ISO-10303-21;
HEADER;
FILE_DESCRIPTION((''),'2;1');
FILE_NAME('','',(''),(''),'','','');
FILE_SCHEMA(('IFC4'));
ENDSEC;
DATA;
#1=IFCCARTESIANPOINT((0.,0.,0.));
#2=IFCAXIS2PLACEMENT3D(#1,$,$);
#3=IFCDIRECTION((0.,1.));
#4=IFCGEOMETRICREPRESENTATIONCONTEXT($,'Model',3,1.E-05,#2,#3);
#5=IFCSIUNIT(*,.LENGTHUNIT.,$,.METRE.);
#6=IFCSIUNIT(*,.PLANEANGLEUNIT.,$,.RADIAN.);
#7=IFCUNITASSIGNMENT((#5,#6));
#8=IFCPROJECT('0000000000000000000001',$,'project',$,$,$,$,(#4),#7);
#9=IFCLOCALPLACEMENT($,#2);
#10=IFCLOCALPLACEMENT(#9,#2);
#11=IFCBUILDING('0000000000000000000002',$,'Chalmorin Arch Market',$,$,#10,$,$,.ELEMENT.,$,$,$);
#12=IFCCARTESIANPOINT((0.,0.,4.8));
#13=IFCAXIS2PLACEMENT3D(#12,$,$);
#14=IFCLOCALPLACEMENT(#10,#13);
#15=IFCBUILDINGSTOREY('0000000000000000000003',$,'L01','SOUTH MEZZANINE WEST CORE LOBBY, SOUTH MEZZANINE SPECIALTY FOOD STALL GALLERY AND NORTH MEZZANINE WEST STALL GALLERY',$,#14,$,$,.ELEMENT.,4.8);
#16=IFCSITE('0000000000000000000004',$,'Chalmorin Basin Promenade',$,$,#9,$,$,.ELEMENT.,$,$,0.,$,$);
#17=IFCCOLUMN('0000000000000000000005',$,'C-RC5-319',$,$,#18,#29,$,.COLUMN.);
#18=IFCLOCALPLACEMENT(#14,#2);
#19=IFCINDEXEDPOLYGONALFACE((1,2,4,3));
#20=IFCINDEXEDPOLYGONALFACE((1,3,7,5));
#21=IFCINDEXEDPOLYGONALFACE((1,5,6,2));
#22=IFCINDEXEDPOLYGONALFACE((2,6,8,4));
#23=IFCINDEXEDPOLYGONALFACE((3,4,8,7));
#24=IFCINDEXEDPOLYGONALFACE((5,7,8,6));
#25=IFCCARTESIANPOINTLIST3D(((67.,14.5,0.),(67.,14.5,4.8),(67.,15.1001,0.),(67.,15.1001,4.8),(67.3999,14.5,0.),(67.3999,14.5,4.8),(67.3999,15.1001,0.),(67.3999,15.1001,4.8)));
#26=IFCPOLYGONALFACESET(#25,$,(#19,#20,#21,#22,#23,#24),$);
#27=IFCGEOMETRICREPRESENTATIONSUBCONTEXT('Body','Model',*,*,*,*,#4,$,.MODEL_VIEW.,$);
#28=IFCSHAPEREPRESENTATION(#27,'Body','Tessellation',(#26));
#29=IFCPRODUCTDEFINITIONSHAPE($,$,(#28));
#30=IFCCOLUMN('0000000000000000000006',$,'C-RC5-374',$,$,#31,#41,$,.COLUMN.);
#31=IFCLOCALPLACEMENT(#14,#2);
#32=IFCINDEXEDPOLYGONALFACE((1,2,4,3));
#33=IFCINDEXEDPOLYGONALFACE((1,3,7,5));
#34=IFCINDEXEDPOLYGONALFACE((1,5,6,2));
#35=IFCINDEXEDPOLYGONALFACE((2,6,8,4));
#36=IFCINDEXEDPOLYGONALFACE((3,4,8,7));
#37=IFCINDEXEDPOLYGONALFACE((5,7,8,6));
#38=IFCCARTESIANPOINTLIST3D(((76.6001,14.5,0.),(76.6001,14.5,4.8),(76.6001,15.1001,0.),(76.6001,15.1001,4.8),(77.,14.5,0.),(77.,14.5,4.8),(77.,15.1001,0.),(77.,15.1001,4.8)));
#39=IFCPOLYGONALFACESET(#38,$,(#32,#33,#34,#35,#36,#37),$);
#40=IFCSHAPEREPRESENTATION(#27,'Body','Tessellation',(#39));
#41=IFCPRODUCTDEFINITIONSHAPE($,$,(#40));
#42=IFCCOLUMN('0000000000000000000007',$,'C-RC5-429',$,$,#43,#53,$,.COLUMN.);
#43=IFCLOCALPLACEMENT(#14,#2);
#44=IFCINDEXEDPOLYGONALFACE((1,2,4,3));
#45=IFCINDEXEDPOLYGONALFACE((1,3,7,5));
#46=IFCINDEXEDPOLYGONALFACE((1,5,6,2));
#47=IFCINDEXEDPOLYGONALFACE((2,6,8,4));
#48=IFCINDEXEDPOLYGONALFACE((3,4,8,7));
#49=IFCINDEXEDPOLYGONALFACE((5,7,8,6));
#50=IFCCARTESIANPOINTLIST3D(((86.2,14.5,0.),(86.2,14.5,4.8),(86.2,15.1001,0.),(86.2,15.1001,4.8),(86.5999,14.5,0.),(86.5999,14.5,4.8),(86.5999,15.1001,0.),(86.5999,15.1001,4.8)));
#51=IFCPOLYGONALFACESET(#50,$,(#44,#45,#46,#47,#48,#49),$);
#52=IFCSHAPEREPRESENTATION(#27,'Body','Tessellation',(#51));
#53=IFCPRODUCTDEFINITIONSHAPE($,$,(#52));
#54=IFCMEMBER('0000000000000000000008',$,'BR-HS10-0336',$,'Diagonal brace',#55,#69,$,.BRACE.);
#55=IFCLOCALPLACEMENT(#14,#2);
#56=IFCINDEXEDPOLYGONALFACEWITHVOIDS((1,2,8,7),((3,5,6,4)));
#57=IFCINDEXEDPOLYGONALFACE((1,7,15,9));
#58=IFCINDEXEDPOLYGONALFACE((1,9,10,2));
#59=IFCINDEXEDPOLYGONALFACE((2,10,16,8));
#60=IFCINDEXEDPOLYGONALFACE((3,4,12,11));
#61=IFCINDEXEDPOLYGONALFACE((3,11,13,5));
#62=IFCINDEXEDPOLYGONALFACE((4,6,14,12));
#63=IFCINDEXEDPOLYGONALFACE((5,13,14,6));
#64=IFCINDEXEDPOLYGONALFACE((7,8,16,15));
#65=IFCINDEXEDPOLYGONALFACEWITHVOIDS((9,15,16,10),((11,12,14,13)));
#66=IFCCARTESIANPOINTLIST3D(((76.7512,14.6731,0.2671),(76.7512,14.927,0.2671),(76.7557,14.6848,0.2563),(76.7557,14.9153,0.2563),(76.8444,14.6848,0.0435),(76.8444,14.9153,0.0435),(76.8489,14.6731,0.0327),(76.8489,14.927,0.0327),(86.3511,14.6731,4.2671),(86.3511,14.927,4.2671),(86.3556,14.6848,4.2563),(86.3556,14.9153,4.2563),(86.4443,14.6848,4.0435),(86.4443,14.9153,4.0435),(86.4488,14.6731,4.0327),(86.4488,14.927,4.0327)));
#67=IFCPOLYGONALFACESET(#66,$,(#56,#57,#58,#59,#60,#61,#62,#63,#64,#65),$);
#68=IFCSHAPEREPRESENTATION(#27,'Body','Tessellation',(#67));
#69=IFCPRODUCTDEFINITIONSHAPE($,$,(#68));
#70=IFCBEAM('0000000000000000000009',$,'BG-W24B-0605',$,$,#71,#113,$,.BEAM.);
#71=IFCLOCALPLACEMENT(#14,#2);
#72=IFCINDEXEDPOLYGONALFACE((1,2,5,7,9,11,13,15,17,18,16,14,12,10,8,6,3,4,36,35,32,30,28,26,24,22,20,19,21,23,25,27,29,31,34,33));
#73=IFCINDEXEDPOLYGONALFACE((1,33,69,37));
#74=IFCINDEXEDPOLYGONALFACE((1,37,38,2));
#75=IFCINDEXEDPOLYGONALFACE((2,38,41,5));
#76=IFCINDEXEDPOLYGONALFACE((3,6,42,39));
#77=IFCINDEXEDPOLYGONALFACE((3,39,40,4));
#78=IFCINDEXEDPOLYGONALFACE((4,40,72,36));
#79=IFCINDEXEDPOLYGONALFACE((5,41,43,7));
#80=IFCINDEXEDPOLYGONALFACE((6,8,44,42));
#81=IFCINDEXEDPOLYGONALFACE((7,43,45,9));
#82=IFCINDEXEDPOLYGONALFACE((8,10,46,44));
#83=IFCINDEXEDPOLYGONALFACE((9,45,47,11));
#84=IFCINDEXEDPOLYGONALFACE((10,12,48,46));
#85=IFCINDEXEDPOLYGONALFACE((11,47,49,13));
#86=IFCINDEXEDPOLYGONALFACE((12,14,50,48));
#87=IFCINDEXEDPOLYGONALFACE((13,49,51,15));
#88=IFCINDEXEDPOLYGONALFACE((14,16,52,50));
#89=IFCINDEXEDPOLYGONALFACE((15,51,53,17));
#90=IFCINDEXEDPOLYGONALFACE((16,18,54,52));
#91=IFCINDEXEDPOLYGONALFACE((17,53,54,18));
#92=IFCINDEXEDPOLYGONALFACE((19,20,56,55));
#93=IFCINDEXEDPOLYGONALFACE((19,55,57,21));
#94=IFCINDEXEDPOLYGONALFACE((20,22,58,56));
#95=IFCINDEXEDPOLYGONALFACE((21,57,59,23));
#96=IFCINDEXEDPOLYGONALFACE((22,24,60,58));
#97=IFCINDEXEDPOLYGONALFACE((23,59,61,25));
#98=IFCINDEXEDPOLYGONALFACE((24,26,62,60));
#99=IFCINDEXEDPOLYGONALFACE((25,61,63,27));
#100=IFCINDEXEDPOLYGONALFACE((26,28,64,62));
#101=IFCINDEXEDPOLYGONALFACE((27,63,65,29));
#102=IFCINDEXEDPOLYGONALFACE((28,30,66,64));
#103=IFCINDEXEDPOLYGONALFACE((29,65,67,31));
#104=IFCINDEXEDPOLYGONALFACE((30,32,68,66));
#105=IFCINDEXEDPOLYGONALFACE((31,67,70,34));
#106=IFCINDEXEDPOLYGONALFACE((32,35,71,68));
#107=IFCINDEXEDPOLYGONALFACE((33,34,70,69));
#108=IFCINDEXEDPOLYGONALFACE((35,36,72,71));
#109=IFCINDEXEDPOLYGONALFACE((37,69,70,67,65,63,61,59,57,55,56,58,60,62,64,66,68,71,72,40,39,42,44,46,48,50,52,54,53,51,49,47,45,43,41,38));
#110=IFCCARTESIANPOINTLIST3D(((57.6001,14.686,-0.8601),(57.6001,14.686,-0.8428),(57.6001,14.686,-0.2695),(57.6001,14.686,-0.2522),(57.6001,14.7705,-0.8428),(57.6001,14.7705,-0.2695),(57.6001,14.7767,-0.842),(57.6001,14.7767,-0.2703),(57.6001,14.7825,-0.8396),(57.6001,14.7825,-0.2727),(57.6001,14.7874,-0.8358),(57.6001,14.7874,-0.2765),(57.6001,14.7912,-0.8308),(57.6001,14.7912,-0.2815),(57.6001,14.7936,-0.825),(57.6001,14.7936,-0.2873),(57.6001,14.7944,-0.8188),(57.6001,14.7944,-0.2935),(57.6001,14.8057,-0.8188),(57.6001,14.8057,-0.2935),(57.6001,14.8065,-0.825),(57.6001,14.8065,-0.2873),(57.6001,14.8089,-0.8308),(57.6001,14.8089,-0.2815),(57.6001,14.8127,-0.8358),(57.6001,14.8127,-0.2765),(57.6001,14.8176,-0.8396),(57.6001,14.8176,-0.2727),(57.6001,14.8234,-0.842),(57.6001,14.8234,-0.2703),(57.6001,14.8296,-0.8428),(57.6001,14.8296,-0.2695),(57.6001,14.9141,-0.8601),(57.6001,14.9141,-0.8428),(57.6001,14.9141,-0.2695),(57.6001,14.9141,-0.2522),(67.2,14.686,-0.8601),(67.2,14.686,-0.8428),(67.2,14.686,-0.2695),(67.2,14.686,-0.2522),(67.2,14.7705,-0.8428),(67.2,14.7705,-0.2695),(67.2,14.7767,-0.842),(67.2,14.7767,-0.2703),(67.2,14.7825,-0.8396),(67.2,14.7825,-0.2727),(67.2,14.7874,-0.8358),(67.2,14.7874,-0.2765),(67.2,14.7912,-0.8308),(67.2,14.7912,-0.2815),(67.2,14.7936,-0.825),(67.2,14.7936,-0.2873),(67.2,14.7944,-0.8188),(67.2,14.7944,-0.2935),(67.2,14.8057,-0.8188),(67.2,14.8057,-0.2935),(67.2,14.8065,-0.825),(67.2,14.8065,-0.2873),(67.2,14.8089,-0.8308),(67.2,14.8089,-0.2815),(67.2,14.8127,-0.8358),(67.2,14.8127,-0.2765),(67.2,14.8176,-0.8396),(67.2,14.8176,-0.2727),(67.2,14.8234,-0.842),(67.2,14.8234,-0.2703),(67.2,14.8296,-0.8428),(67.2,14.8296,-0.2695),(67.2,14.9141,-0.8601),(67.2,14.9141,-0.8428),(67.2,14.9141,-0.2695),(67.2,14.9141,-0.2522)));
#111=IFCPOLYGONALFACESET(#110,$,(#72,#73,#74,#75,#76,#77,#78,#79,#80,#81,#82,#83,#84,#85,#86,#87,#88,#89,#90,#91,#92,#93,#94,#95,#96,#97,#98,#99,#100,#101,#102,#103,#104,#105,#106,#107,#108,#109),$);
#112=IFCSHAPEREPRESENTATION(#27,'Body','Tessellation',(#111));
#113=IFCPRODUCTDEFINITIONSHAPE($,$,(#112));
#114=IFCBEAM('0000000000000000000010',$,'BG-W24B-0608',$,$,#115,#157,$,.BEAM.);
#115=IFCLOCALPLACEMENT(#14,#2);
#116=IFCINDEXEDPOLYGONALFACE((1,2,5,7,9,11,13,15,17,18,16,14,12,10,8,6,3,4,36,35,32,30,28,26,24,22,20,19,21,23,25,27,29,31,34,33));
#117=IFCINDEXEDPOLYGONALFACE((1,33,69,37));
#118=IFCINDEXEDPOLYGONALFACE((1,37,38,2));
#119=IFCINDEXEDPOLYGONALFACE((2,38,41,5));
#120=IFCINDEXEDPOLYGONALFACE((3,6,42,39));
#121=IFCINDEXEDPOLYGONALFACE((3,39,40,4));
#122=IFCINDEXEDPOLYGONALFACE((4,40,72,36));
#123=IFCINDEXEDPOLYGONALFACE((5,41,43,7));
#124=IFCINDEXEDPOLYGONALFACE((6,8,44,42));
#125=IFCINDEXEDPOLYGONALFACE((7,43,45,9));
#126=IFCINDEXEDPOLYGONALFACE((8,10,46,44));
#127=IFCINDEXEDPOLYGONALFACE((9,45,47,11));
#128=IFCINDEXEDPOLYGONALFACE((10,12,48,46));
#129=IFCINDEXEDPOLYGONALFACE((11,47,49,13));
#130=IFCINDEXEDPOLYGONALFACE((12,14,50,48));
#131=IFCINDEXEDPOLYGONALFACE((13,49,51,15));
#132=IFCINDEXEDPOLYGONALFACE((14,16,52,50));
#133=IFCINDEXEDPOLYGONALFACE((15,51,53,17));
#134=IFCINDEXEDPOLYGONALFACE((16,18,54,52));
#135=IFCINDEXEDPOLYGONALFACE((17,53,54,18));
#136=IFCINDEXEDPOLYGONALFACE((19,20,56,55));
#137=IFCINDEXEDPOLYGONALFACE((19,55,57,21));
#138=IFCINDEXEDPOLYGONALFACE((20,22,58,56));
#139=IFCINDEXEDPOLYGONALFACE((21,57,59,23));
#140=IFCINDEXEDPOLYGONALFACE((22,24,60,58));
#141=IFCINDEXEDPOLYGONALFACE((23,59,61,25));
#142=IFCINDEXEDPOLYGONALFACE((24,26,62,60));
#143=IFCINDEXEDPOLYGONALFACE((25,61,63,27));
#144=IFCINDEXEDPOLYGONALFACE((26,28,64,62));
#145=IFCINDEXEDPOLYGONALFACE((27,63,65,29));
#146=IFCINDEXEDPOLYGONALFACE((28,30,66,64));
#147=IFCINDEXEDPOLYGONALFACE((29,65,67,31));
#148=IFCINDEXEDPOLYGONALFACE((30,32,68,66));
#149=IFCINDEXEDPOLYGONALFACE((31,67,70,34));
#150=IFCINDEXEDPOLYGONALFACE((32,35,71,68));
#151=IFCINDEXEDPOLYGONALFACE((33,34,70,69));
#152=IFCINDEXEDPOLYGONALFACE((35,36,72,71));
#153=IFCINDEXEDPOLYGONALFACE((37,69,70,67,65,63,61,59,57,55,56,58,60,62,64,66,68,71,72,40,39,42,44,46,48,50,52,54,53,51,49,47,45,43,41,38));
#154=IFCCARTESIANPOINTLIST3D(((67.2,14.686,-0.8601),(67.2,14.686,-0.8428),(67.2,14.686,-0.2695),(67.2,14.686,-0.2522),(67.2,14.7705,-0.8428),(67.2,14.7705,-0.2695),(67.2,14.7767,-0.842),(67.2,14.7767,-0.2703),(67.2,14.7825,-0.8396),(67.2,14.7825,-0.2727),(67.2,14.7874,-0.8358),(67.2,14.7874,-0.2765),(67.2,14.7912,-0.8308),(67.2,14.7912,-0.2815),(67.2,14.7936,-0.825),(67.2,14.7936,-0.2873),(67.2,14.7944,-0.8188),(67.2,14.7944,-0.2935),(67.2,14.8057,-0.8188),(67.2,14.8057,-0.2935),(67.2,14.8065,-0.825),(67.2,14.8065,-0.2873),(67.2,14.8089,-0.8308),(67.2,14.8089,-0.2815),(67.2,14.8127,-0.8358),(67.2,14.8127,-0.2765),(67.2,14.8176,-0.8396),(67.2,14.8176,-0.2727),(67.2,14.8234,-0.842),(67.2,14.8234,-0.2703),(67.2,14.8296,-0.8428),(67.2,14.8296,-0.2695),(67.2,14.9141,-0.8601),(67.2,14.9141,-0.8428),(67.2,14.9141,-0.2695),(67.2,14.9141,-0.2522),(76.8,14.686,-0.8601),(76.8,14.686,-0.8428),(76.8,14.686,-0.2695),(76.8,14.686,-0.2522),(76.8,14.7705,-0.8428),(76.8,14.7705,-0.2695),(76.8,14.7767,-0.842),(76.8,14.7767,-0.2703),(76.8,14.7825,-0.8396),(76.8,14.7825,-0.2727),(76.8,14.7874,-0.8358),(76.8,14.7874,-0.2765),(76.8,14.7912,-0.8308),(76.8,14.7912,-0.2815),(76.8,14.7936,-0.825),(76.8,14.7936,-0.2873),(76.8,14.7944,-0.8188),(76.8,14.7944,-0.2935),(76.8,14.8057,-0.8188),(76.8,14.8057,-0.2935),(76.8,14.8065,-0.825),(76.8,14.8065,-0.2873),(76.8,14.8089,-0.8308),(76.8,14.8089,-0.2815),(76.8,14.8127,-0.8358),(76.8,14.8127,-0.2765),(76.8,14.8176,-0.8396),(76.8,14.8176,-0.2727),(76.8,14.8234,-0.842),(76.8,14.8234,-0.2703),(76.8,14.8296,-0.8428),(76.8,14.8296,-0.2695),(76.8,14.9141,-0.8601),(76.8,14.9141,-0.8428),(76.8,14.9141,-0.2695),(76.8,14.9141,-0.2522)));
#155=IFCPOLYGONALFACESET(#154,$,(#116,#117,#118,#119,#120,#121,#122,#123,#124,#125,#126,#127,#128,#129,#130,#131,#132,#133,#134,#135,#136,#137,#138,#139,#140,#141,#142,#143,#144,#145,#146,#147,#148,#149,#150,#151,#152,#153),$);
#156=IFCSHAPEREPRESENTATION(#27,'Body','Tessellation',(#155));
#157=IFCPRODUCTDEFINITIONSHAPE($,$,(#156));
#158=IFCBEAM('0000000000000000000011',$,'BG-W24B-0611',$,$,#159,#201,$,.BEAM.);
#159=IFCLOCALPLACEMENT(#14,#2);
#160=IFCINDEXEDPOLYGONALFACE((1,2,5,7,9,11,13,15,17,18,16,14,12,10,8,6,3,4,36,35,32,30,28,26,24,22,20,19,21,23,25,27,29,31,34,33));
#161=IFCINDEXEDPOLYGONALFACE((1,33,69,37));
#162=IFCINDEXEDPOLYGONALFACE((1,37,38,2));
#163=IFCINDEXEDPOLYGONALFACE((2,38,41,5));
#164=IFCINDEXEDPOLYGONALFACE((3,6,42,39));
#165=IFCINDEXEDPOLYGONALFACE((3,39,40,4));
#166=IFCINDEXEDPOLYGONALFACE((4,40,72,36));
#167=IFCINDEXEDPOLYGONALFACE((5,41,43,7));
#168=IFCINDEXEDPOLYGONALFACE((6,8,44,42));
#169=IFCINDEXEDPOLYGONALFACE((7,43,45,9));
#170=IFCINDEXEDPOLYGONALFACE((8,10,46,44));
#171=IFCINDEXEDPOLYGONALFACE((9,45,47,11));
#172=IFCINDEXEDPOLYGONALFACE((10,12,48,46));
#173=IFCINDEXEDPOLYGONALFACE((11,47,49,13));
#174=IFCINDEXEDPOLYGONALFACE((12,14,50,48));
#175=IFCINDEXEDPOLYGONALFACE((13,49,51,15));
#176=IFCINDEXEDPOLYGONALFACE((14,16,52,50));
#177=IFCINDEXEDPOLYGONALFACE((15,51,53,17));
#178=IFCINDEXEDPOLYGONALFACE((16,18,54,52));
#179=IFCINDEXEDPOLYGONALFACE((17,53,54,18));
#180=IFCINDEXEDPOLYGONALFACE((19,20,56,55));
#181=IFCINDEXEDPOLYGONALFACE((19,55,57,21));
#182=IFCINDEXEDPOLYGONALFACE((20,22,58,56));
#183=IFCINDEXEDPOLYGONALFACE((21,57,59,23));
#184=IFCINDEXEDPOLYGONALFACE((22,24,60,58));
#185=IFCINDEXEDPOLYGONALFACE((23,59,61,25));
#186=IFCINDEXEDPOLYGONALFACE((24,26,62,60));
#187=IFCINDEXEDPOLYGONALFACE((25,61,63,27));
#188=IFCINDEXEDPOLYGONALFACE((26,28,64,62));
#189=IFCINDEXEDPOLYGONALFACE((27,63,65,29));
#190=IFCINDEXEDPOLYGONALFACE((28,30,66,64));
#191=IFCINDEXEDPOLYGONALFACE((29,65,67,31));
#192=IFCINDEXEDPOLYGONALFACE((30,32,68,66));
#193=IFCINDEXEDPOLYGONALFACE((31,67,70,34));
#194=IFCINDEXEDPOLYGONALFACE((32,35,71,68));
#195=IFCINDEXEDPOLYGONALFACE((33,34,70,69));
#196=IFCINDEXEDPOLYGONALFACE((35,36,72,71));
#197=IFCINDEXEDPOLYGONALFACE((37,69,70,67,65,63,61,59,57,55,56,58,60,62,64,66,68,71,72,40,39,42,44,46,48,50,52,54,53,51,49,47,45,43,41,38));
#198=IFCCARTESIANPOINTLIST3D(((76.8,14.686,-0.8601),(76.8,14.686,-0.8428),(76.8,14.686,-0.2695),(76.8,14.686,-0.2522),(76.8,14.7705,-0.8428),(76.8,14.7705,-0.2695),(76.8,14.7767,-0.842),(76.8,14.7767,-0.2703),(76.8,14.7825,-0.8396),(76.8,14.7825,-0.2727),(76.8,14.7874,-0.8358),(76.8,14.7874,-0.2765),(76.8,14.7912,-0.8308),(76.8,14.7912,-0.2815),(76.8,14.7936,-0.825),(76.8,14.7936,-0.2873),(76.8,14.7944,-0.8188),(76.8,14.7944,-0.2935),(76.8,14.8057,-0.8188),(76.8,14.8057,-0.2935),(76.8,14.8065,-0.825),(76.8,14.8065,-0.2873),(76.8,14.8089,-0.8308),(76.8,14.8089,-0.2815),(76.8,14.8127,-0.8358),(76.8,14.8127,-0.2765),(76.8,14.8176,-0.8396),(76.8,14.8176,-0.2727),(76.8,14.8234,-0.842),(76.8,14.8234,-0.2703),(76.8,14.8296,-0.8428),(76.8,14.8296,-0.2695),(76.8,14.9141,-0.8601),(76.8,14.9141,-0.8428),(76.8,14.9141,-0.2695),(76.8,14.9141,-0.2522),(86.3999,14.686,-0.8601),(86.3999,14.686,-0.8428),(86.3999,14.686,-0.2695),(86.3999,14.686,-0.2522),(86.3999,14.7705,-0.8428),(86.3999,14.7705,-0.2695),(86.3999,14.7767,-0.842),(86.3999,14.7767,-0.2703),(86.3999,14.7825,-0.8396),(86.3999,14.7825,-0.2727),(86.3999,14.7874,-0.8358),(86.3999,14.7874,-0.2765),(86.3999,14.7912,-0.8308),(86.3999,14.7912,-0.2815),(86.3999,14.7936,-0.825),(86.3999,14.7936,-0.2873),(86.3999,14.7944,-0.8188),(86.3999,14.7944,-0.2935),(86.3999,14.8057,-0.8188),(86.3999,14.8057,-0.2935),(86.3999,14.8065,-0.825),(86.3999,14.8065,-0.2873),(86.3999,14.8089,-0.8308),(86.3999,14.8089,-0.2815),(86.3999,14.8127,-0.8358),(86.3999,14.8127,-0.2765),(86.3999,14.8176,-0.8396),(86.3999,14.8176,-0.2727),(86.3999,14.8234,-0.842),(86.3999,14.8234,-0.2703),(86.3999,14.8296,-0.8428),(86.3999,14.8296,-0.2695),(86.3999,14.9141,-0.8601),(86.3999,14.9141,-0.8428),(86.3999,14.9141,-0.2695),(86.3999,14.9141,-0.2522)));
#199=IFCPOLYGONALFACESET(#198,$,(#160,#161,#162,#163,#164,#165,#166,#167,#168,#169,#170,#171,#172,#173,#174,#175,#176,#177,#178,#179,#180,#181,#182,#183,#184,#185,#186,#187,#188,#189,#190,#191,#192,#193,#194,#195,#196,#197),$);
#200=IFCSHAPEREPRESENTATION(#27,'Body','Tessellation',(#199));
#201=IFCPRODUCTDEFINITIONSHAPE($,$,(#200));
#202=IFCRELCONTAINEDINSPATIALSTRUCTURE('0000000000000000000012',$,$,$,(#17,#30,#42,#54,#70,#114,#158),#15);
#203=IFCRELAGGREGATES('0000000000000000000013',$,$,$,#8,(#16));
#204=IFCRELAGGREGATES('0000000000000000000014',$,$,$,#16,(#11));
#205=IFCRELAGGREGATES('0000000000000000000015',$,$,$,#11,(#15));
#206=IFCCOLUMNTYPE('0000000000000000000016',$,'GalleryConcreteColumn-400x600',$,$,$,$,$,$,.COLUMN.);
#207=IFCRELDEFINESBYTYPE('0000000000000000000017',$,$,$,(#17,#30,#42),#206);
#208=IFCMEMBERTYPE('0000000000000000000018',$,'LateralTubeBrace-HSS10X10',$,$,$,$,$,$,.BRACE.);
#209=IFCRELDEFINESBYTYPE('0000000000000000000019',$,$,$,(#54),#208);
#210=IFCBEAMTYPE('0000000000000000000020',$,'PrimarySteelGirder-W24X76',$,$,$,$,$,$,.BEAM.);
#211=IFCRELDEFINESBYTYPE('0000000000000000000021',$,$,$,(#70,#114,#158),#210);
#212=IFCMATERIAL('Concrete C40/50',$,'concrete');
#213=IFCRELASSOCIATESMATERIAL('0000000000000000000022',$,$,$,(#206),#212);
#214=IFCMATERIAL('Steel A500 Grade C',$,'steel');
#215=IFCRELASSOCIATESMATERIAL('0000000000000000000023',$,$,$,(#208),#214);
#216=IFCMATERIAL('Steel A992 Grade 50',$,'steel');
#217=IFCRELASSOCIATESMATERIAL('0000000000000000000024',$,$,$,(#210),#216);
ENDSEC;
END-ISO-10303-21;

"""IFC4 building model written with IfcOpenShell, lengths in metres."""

from ifc_helpers import new_model, si_unit, direction, frame, origin, origin_2d, place, context, subcontext, project, spatial, rectangle, hollow_rectangle, i_section, extrude, material, material_profile, profile_set, type_object, element, save


model = new_model("IFC4")

# Units and contexts
model_context = context("Model", 3, precision=1e-05, world=origin(), true_north=direction((0.0, 1.0)))
body_context = subcontext(model_context, "Body", "Model", "MODEL_VIEW")
ifc_project = project(units=[si_unit("LENGTHUNIT", "METRE"), si_unit("PLANEANGLEUNIT", "RADIAN")], contexts=[model_context])

# Site, building, storey
site_placement = place(None, origin())
site = spatial("IfcSite", under=ifc_project, at=site_placement, Name="Chalmorin Basin Promenade", CompositionType="ELEMENT", RefElevation=0.0)
building_placement = place(site_placement, origin())
building = spatial("IfcBuilding", under=site, at=building_placement, Name="Chalmorin Arch Market", CompositionType="ELEMENT")
storey_placement = place(building_placement, frame((0.0, 0.0, 4.8)))
storey = spatial("IfcBuildingStorey", under=building, at=storey_placement, Name="L01", Description="SOUTH MEZZANINE WEST CORE LOBBY, SOUTH MEZZANINE SPECIALTY FOOD STALL GALLERY AND NORTH MEZZANINE WEST STALL GALLERY", CompositionType="ELEMENT", Elevation=4.8)

# Columns
ifc_material_1 = material(Name="Concrete C40/50", Category="concrete")
ifc_material_profile_1 = material_profile(ifc_material_1, rectangle(XDim=0.3999, YDim=0.6001, at=origin_2d()), Name="RC400X600")
ifc_profile_set_1 = profile_set([ifc_material_profile_1], Name="Concrete C40/50")
column_type = type_object("IfcColumnType", Name="GalleryConcreteColumn-400x600", PredefinedType="COLUMN", material=ifc_profile_set_1)
for number, where, z_axis, x_axis, name in (
    (1, (67.2, 14.8, 0.0), (0.0, 0.0, 1.0), (1.0, 0.0, 0.0), "C-RC5-319"),
    (2, (76.8, 14.8, 0.0), (0.0, 0.0, 1.0), (1.0, 0.0, 0.0), "C-RC5-374"),
    (3, (86.3999, 14.8, 0.0), (0.0, 0.0, 1.0), (1.0, 0.0, 0.0), "C-RC5-429"),
):
    element("IfcColumn", number, at=place(storey_placement, frame(where, z_axis=z_axis, x_axis=x_axis)), inside=storey, type_object=column_type, Name=name, PredefinedType="COLUMN", context=body_context, shape_type="SweptSolid", body=[
        extrude(rectangle(XDim=0.3999, YDim=0.6001, at=origin_2d()), origin(), (0.0, 0.0, 1.0), 4.8),
    ])

# Member
ifc_material_2 = material(Name="Steel A500 Grade C", Category="steel")
ifc_material_profile_2 = material_profile(ifc_material_2, hollow_rectangle(XDim=0.2539, YDim=0.2539, WallThickness=0.0117, at=origin_2d()), Name="HSS10X10X1/2")
ifc_profile_set_2 = profile_set([ifc_material_profile_2], Name="Steel A500 Grade C")
member_type = type_object("IfcMemberType", Name="LateralTubeBrace-HSS10X10", PredefinedType="BRACE", material=ifc_profile_set_2)
member_placement = place(storey_placement, frame((76.8, 14.8, 0.1499), z_axis=(0.923075, 0.0, 0.38462), x_axis=(0.0, 1.0, 0.0)))
element("IfcMember", 4, at=member_placement, inside=storey, type_object=member_type, Name="BR-HS10-0336", ObjectType="Diagonal brace", PredefinedType="BRACE", context=body_context, shape_type="SweptSolid", body=[
    extrude(hollow_rectangle(XDim=0.2539, YDim=0.2539, WallThickness=0.0117, at=origin_2d()), origin(), (0.0, 0.0, 1.0), 10.3999),
])

# Beams
ifc_material_3 = material(Name="Steel A992 Grade 50", Category="steel")
ifc_material_profile_3 = material_profile(ifc_material_3, i_section(OverallWidth=0.228, OverallDepth=0.6079, WebThickness=0.0112, FlangeThickness=0.0173, FilletRadius=0.0239, at=origin_2d()), Name="W24X76")
ifc_profile_set_3 = profile_set([ifc_material_profile_3], Name="Steel A992 Grade 50")
beam_type = type_object("IfcBeamType", Name="PrimarySteelGirder-W24X76", PredefinedType="BEAM", material=ifc_profile_set_3)
beam_1_placement = place(storey_placement, frame((57.6001, 14.8, -0.5562), z_axis=(1.0, 0.0, 0.0), x_axis=(0.0, 1.0, 0.0)))
element("IfcBeam", 5, at=beam_1_placement, inside=storey, type_object=beam_type, Name="BG-W24B-0605", PredefinedType="BEAM", context=body_context, shape_type="SweptSolid", body=[
    extrude(i_section(OverallWidth=0.228, OverallDepth=0.6079, WebThickness=0.0112, FlangeThickness=0.0173, FilletRadius=0.0239, at=origin_2d()), origin(), (0.0, 0.0, 1.0), 9.5999),
])
beam_2_placement = place(storey_placement, frame((67.2, 14.8, -0.5562), z_axis=(1.0, 0.0, 0.0), x_axis=(0.0, 1.0, 0.0)))
element("IfcBeam", 6, at=beam_2_placement, inside=storey, type_object=beam_type, Name="BG-W24B-0608", PredefinedType="BEAM", context=body_context, shape_type="SweptSolid", body=[
    extrude(i_section(OverallWidth=0.228, OverallDepth=0.6079, WebThickness=0.0112, FlangeThickness=0.0173, FilletRadius=0.0239, at=origin_2d()), origin(), (0.0, 0.0, 1.0), 9.6001),
])
beam_3_placement = place(storey_placement, frame((76.8, 14.8, -0.5562), z_axis=(1.0, 0.0, 0.0), x_axis=(0.0, 1.0, 0.0)))
element("IfcBeam", 7, at=beam_3_placement, inside=storey, type_object=beam_type, Name="BG-W24B-0611", PredefinedType="BEAM", context=body_context, shape_type="SweptSolid", body=[
    extrude(i_section(OverallWidth=0.228, OverallDepth=0.6079, WebThickness=0.0112, FlangeThickness=0.0173, FilletRadius=0.0239, at=origin_2d()), origin(), (0.0, 0.0, 1.0), 9.5999),
])

save(model, "model.ifc")
